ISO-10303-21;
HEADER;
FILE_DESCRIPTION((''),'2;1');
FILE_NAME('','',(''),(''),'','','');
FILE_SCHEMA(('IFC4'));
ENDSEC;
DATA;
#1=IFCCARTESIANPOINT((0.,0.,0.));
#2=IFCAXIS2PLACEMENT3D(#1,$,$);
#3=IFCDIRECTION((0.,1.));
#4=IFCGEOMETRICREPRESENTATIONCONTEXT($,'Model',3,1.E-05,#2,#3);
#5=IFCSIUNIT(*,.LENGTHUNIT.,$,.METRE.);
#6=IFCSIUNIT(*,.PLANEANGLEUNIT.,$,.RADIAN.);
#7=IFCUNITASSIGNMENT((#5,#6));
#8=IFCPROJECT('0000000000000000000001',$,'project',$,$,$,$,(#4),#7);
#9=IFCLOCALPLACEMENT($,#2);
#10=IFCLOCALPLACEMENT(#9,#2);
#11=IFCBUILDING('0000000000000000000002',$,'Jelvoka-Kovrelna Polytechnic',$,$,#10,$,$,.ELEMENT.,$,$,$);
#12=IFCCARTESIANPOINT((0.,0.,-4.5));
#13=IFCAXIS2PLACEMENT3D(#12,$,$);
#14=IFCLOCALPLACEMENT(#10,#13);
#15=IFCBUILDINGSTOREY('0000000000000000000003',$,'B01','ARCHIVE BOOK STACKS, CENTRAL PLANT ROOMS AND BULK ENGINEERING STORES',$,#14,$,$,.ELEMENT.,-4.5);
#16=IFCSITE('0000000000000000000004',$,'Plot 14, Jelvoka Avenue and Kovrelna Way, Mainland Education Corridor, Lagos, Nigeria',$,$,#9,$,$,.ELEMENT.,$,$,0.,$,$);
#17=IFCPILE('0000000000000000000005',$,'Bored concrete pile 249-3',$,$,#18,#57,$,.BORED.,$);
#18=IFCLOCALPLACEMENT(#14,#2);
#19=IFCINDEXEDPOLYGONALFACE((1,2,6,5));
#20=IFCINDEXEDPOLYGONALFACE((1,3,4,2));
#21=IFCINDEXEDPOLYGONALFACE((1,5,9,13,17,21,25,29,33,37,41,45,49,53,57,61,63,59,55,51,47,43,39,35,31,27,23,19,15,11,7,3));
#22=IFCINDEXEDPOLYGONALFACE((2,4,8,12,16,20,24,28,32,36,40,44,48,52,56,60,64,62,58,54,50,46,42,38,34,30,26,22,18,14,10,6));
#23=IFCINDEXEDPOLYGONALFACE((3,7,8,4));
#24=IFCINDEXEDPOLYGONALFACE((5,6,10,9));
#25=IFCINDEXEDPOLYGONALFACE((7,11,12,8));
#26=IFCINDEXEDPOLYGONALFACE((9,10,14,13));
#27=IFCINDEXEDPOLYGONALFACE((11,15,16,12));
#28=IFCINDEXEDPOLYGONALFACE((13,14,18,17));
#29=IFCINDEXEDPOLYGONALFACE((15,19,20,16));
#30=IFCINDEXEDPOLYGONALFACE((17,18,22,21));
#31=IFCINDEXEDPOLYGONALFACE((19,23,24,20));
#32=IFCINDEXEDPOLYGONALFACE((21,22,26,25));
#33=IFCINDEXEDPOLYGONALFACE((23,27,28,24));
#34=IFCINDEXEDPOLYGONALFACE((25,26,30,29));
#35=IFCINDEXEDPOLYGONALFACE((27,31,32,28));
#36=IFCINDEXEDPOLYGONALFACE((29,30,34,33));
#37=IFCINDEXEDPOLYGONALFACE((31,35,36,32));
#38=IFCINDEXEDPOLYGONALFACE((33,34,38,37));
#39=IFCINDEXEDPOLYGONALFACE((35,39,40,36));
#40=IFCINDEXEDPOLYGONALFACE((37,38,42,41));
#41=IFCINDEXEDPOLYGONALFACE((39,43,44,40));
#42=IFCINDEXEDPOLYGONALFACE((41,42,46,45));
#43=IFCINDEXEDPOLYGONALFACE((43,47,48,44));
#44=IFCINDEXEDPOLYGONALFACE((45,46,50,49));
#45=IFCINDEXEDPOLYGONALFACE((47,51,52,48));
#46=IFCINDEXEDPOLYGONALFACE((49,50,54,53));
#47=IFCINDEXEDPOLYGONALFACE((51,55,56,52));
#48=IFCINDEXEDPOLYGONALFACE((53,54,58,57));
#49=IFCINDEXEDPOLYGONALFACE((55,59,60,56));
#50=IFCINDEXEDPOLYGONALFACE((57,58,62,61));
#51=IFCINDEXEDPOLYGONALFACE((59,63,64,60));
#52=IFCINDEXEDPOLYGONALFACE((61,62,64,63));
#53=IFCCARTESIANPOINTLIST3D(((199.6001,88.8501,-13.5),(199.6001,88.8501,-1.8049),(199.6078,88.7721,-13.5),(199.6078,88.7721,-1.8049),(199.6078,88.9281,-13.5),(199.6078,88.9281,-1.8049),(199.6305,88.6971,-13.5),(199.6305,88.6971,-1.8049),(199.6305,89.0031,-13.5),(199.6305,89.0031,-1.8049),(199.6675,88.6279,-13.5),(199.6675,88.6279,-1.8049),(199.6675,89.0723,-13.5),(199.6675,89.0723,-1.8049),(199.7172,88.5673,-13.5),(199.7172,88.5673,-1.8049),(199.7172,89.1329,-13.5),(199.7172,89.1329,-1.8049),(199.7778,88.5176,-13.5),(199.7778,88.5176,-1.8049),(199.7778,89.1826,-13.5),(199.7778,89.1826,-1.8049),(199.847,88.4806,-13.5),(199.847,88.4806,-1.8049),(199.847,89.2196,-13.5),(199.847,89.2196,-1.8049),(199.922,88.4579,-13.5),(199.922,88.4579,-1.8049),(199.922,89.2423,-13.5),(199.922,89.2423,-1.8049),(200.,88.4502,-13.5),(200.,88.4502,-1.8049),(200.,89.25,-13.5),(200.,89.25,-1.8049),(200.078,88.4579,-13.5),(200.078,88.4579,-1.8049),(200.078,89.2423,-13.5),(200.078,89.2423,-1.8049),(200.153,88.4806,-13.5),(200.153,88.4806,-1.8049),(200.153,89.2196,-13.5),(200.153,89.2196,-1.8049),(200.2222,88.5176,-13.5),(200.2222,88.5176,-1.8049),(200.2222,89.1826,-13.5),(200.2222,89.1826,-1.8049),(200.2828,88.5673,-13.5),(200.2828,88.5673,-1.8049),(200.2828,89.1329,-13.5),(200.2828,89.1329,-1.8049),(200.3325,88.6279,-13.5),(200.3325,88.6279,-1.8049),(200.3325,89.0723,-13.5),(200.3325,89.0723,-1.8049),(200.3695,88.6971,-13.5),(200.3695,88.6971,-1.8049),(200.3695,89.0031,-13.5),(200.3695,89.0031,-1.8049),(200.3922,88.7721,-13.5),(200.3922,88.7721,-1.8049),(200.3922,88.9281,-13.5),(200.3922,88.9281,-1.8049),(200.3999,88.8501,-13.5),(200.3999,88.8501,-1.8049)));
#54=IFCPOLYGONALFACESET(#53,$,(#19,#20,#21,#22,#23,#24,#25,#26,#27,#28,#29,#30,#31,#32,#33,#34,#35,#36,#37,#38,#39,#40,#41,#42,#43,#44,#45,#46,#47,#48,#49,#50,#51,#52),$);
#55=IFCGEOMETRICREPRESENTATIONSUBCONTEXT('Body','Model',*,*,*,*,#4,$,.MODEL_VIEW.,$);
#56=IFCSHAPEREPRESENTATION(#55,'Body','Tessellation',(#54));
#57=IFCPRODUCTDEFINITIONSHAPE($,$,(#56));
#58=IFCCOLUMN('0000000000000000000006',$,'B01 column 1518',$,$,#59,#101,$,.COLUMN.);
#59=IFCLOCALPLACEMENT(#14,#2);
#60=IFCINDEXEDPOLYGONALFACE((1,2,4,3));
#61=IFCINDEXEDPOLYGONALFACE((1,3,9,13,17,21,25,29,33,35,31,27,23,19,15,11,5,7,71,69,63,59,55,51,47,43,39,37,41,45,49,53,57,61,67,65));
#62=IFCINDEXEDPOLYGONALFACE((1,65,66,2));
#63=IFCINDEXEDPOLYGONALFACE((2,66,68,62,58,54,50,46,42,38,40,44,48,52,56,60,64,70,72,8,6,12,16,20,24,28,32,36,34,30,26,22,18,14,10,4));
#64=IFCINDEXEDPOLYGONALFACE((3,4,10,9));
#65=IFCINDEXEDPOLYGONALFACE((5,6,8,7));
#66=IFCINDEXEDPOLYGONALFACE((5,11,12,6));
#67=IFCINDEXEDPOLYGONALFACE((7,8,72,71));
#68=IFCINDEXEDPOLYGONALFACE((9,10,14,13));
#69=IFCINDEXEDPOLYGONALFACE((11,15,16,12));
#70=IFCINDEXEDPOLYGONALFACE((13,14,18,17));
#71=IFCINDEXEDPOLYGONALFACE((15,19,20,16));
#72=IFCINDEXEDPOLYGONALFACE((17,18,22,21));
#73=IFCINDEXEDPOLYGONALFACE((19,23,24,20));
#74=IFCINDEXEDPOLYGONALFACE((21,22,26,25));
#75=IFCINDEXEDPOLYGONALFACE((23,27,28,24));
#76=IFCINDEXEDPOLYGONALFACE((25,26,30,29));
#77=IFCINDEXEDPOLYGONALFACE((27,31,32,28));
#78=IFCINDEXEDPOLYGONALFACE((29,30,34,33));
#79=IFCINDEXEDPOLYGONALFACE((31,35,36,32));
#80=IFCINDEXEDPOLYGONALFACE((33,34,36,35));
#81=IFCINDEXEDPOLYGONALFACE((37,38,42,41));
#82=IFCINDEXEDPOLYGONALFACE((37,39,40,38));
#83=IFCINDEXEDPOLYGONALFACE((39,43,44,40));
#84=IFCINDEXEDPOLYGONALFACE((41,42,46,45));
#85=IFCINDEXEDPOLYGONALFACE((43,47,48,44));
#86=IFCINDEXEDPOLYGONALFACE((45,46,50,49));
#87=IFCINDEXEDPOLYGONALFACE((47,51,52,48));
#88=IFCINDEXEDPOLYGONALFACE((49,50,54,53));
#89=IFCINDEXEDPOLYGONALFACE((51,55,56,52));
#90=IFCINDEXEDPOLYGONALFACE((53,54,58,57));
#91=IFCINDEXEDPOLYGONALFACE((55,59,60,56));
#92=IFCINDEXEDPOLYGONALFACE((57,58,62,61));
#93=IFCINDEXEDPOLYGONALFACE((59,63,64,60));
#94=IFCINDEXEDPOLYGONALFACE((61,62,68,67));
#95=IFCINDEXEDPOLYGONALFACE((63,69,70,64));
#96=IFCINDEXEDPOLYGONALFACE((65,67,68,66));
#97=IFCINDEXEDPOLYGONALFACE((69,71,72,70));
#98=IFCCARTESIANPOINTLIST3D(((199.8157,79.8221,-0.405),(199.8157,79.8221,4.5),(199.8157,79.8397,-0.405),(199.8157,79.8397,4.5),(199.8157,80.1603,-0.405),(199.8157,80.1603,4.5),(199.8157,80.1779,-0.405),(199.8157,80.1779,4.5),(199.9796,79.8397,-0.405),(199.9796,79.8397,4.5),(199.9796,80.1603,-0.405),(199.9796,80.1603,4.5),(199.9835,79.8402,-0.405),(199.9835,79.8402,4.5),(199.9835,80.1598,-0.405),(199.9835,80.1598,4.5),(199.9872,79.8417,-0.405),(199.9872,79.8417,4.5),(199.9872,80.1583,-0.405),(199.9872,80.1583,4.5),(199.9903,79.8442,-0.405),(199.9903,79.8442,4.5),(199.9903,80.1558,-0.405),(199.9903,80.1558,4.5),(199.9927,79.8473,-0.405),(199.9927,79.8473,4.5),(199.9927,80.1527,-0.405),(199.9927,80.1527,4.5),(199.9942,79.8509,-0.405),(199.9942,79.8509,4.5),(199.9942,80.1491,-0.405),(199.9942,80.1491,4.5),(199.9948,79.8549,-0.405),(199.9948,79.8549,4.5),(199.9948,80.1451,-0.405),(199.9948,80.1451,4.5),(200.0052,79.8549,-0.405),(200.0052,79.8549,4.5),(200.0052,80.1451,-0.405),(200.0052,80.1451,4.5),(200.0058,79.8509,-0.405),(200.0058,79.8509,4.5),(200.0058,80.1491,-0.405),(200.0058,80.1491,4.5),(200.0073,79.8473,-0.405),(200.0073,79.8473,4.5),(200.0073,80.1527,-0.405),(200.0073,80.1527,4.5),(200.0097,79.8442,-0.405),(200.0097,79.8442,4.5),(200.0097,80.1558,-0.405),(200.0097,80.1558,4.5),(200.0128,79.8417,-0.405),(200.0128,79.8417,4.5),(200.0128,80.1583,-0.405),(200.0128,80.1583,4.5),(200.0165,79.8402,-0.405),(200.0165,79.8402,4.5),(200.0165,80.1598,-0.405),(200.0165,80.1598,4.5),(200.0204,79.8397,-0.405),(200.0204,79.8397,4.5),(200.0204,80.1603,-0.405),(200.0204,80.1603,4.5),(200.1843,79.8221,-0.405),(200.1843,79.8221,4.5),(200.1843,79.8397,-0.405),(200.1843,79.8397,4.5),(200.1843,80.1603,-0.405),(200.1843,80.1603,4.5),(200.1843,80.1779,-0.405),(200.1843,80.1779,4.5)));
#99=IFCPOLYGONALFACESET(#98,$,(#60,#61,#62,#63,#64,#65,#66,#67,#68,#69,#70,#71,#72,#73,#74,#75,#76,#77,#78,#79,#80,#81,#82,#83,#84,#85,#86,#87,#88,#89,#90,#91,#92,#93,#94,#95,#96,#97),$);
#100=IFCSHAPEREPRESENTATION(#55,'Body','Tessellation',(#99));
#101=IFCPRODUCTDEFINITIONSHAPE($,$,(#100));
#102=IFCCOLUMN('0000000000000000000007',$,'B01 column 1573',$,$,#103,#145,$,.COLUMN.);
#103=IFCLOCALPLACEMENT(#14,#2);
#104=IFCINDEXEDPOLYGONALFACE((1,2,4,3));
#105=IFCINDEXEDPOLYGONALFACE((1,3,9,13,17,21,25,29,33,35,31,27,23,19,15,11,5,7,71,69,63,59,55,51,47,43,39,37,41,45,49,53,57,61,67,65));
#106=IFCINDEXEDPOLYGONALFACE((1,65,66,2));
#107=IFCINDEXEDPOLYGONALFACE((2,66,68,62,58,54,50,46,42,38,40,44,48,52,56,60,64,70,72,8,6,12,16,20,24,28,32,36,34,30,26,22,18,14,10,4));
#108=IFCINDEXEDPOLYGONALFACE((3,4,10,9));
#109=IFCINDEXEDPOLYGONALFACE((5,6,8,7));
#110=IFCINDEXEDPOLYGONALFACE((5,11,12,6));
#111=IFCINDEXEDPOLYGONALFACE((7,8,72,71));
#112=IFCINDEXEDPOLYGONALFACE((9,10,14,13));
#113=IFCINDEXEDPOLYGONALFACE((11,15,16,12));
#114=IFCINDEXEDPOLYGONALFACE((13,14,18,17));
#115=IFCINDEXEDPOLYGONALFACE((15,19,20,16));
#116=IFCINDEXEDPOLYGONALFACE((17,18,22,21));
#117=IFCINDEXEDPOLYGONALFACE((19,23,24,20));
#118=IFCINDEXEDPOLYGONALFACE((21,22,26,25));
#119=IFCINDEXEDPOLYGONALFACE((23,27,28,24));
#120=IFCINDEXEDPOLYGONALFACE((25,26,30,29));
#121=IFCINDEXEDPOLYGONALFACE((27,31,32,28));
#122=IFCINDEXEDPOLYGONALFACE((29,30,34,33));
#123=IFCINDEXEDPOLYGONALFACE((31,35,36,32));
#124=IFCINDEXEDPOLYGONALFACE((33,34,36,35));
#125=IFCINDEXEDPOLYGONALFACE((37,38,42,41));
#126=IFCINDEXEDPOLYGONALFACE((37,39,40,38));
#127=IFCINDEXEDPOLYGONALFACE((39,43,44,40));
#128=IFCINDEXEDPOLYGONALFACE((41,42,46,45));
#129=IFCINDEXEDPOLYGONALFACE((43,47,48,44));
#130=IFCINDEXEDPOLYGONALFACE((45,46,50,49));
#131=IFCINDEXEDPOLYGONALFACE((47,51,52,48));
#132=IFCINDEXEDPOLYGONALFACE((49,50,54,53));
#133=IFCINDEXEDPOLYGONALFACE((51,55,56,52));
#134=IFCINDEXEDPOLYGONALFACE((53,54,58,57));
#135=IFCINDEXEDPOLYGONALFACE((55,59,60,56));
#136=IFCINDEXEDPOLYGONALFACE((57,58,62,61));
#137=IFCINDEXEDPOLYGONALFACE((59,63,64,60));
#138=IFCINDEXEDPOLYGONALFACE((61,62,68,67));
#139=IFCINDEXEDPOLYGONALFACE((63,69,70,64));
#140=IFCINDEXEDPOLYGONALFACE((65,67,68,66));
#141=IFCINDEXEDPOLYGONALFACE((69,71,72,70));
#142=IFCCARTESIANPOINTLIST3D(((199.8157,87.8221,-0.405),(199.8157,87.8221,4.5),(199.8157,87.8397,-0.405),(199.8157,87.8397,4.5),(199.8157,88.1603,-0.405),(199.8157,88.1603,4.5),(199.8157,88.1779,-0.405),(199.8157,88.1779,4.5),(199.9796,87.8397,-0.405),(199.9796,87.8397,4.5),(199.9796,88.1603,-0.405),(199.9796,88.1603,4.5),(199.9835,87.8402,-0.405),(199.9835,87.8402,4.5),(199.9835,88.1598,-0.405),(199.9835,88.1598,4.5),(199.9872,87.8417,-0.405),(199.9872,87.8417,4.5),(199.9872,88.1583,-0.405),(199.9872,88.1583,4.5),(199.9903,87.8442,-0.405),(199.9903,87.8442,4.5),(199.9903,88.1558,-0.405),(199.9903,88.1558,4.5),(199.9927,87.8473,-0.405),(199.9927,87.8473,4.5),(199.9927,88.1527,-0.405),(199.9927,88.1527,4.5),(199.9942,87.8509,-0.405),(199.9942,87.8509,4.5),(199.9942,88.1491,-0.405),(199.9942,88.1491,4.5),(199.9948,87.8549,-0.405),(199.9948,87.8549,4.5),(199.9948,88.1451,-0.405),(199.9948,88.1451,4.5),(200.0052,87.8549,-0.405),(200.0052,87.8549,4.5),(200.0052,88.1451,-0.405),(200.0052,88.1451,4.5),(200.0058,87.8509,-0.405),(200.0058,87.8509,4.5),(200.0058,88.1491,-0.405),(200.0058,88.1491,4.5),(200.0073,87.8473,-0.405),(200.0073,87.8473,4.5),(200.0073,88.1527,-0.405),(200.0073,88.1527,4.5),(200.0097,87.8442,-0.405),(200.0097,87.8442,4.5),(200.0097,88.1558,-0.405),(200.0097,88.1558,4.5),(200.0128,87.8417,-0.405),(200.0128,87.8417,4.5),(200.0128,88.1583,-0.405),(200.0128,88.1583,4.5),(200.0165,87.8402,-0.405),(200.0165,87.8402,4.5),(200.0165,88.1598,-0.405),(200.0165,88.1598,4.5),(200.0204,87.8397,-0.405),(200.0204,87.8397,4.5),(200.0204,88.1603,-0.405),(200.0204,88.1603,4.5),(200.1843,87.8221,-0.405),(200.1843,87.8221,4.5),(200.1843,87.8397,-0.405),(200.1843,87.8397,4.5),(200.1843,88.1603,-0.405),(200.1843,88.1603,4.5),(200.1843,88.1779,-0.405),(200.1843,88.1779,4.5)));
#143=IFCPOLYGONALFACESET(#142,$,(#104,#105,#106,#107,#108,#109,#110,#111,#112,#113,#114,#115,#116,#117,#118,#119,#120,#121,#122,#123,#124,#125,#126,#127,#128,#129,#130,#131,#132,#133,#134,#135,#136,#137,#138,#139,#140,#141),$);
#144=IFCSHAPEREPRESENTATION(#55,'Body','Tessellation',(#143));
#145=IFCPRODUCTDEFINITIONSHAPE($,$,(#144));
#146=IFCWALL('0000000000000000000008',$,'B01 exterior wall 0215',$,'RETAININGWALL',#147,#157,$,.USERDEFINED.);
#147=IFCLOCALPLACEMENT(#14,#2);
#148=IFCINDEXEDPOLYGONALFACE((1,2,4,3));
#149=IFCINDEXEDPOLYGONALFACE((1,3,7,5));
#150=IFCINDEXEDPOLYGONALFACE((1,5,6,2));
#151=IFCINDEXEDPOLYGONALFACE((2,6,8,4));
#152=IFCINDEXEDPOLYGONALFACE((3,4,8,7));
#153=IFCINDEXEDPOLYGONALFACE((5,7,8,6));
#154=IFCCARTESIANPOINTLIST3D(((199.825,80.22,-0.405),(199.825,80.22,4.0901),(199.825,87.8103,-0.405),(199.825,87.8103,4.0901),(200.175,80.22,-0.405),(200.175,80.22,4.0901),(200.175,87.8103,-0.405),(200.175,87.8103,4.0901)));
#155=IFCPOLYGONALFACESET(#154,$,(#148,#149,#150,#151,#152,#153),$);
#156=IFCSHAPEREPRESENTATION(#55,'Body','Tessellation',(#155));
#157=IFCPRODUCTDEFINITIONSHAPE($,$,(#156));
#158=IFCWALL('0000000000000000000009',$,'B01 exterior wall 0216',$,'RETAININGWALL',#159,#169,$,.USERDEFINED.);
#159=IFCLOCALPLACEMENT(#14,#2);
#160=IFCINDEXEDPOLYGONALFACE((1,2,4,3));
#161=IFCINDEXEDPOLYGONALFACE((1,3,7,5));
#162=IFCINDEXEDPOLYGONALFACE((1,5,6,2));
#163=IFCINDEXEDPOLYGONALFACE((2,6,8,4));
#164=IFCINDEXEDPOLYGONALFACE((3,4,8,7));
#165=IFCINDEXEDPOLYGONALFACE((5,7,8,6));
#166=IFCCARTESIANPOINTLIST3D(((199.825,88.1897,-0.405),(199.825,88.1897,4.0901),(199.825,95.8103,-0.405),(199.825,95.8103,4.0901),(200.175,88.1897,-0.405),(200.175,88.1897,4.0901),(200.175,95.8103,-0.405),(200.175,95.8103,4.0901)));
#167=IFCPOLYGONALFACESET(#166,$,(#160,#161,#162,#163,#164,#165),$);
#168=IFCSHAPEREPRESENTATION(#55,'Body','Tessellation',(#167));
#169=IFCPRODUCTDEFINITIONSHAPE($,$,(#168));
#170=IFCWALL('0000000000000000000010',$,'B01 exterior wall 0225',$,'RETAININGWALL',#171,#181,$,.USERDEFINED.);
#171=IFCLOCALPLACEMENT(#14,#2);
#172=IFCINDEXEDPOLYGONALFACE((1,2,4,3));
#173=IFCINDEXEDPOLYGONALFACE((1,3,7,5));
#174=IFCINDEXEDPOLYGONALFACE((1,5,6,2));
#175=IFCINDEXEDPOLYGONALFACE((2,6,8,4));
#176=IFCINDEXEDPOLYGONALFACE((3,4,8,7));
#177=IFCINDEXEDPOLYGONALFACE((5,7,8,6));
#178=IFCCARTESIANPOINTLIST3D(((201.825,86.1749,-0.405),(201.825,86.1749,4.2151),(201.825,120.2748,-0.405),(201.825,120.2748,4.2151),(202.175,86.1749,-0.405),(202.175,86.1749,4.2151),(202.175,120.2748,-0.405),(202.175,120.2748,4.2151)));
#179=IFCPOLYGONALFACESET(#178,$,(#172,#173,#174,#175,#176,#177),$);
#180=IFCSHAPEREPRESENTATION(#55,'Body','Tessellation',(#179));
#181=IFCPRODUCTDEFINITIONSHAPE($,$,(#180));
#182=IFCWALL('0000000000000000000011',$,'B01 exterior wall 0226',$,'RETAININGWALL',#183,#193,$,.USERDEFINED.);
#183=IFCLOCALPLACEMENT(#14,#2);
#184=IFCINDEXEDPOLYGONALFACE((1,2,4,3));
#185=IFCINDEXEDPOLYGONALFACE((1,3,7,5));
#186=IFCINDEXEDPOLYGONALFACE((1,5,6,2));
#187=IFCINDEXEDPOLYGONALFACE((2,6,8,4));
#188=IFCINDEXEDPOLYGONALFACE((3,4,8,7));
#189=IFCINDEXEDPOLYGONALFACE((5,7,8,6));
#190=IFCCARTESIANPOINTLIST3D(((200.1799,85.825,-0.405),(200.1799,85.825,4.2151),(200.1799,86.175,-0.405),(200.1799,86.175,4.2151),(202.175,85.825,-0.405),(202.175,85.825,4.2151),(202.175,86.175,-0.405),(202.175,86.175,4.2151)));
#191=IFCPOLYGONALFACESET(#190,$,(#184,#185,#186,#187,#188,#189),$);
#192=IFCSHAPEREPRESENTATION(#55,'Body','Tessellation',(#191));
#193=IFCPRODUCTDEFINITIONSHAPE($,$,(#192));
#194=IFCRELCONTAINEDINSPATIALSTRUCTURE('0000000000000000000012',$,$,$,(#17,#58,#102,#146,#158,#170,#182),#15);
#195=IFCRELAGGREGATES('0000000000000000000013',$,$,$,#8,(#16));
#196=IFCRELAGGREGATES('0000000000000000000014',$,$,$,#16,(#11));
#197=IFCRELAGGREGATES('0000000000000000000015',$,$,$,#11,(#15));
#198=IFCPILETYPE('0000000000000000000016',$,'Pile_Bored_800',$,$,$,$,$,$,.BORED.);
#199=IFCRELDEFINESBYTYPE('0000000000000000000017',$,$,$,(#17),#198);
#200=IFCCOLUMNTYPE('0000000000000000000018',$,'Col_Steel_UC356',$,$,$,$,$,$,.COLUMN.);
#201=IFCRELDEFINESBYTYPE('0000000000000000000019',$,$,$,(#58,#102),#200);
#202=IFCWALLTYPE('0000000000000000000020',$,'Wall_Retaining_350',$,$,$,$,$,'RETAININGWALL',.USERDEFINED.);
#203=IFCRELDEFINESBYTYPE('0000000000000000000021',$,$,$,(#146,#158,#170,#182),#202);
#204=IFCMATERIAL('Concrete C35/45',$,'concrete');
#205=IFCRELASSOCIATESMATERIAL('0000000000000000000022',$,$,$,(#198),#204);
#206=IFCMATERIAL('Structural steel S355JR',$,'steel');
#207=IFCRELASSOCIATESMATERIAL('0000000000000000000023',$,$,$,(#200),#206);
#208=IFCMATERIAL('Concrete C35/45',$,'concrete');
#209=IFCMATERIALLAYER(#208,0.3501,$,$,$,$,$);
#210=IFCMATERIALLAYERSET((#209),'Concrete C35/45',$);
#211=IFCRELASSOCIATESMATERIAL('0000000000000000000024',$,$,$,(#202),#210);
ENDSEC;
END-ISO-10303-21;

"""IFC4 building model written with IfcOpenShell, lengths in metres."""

from ifc_helpers import new_model, si_unit, direction, frame, frame_2d, origin, origin_2d, place, context, subcontext, project, spatial, rectangle, circle, i_section, extrude, material, layer, layer_set, material_profile, profile_set, type_object, element, save


model = new_model("IFC4")

# Units and contexts
model_context = context("Model", 3, precision=1e-05, world=origin(), true_north=direction((0.0, 1.0)))
body_context = subcontext(model_context, "Body", "Model", "MODEL_VIEW")
ifc_project = project(units=[si_unit("LENGTHUNIT", "METRE"), si_unit("PLANEANGLEUNIT", "RADIAN")], contexts=[model_context])

# Site, building, storey
site_placement = place(None, origin())
site = spatial("IfcSite", under=ifc_project, at=site_placement, Name="Plot 14, Jelvoka Avenue and Kovrelna Way, Mainland Education Corridor, Lagos, Nigeria", CompositionType="ELEMENT", RefElevation=0.0)
building_placement = place(site_placement, origin())
building = spatial("IfcBuilding", under=site, at=building_placement, Name="Jelvoka-Kovrelna Polytechnic", CompositionType="ELEMENT")
storey_placement = place(building_placement, frame((0.0, 0.0, -4.5)))
storey = spatial("IfcBuildingStorey", under=building, at=storey_placement, Name="B01", Description="ARCHIVE BOOK STACKS, CENTRAL PLANT ROOMS AND BULK ENGINEERING STORES", CompositionType="ELEMENT", Elevation=-4.5)

# Pile
ifc_material_1 = material(Name="Concrete C35/45", Category="concrete")
ifc_material_profile_1 = material_profile(ifc_material_1, circle(Radius=0.3999, at=origin_2d()), Name="PILE D800")
ifc_profile_set_1 = profile_set([ifc_material_profile_1], Name="Concrete C35/45")
pile_type = type_object("IfcPileType", Name="Pile_Bored_800", PredefinedType="BORED", material=ifc_profile_set_1)
for number, where, z_axis, x_axis, name in (
    (1, (200.0, 88.8501, -1.8049), (0.0, 0.0, -1.0), (1.0, 0.0, 0.0), "Bored concrete pile 249-3"),
):
    element("IfcPile", number, at=place(storey_placement, frame(where, z_axis=z_axis, x_axis=x_axis)), inside=storey, type_object=pile_type, Name=name, PredefinedType="BORED", context=body_context, shape_type="SweptSolid", body=[
        extrude(circle(Radius=0.3999, at=origin_2d()), origin(), (0.0, 0.0, 1.0), 11.6951),
    ])

# Columns
ifc_material_2 = material(Name="Structural steel S355JR", Category="steel")
ifc_material_profile_2 = material_profile(ifc_material_2, i_section(OverallWidth=0.3687, OverallDepth=0.3557, WebThickness=0.0105, FlangeThickness=0.0176, FilletRadius=0.0151, at=origin_2d()), Name="356x368x129 UC")
ifc_profile_set_2 = profile_set([ifc_material_profile_2], Name="Structural steel S355JR")
column_type = type_object("IfcColumnType", Name="Col_Steel_UC356", PredefinedType="COLUMN", material=ifc_profile_set_2)
for number, where, z_axis, x_axis, name in (
    (2, (200.0, 80.0, -0.405), (0.0, 0.0, 1.0), (1.0, 0.0, 0.0), "B01 column 1518"),
    (3, (200.0, 88.0, -0.405), (0.0, 0.0, 1.0), (1.0, 0.0, 0.0), "B01 column 1573"),
):
    element("IfcColumn", number, at=place(storey_placement, frame(where, z_axis=z_axis, x_axis=x_axis)), inside=storey, type_object=column_type, Name=name, PredefinedType="COLUMN", context=body_context, shape_type="SweptSolid", body=[
        extrude(i_section(OverallWidth=0.3687, OverallDepth=0.3557, WebThickness=0.0105, FlangeThickness=0.0176, FilletRadius=0.0151, at=origin_2d()), origin(), (0.0, 0.0, 1.0), 4.905),
    ])

# Walls
ifc_material_3 = material(Name="Concrete C35/45", Category="concrete")
ifc_layer = layer(ifc_material_3, 0.3501)
ifc_layer_set = layer_set([ifc_layer], Name="Concrete C35/45")
wall_type = type_object("IfcWallType", Name="Wall_Retaining_350", ElementType="RETAININGWALL", PredefinedType="USERDEFINED", material=ifc_layer_set)
wall_1_placement = place(storey_placement, frame((200.0, 80.22, -0.405), z_axis=(0.0, 0.0, 1.0), x_axis=(0.0, 1.0, 0.0)))
element("IfcWall", 4, at=wall_1_placement, inside=storey, type_object=wall_type, Name="B01 exterior wall 0215", ObjectType="RETAININGWALL", PredefinedType="USERDEFINED", context=body_context, shape_type="SweptSolid", body=[
    extrude(rectangle(XDim=7.5903, YDim=0.3501, at=frame_2d((3.7952, 0.0))), origin(), (0.0, 0.0, 1.0), 4.4951),
])
wall_2_placement = place(storey_placement, frame((200.0, 88.1897, -0.405), z_axis=(0.0, 0.0, 1.0), x_axis=(0.0, 1.0, 0.0)))
element("IfcWall", 5, at=wall_2_placement, inside=storey, type_object=wall_type, Name="B01 exterior wall 0216", ObjectType="RETAININGWALL", PredefinedType="USERDEFINED", context=body_context, shape_type="SweptSolid", body=[
    extrude(rectangle(XDim=7.6206, YDim=0.3501, at=frame_2d((3.8103, 0.0))), origin(), (0.0, 0.0, 1.0), 4.4951),
])
wall_3_placement = place(storey_placement, frame((202.0, 86.175, -0.405), z_axis=(0.0, 0.0, 1.0), x_axis=(0.0, 1.0, 0.0)))
element("IfcWall", 6, at=wall_3_placement, inside=storey, type_object=wall_type, Name="B01 exterior wall 0225", ObjectType="RETAININGWALL", PredefinedType="USERDEFINED", context=body_context, shape_type="SweptSolid", body=[
    extrude(rectangle(XDim=34.0999, YDim=0.3501, at=frame_2d((17.0498, 0.0))), origin(), (0.0, 0.0, 1.0), 4.6201),
])
wall_4_placement = place(storey_placement, frame((200.1799, 86.0, -0.405), z_axis=(0.0, 0.0, 1.0), x_axis=(1.0, 0.0, 0.0)))
element("IfcWall", 7, at=wall_4_placement, inside=storey, type_object=wall_type, Name="B01 exterior wall 0226", ObjectType="RETAININGWALL", PredefinedType="USERDEFINED", context=body_context, shape_type="SweptSolid", body=[
    extrude(rectangle(XDim=1.9951, YDim=0.3501, at=frame_2d((0.9976, 0.0))), origin(), (0.0, 0.0, 1.0), 4.6201),
])

save(model, "model.ifc")
